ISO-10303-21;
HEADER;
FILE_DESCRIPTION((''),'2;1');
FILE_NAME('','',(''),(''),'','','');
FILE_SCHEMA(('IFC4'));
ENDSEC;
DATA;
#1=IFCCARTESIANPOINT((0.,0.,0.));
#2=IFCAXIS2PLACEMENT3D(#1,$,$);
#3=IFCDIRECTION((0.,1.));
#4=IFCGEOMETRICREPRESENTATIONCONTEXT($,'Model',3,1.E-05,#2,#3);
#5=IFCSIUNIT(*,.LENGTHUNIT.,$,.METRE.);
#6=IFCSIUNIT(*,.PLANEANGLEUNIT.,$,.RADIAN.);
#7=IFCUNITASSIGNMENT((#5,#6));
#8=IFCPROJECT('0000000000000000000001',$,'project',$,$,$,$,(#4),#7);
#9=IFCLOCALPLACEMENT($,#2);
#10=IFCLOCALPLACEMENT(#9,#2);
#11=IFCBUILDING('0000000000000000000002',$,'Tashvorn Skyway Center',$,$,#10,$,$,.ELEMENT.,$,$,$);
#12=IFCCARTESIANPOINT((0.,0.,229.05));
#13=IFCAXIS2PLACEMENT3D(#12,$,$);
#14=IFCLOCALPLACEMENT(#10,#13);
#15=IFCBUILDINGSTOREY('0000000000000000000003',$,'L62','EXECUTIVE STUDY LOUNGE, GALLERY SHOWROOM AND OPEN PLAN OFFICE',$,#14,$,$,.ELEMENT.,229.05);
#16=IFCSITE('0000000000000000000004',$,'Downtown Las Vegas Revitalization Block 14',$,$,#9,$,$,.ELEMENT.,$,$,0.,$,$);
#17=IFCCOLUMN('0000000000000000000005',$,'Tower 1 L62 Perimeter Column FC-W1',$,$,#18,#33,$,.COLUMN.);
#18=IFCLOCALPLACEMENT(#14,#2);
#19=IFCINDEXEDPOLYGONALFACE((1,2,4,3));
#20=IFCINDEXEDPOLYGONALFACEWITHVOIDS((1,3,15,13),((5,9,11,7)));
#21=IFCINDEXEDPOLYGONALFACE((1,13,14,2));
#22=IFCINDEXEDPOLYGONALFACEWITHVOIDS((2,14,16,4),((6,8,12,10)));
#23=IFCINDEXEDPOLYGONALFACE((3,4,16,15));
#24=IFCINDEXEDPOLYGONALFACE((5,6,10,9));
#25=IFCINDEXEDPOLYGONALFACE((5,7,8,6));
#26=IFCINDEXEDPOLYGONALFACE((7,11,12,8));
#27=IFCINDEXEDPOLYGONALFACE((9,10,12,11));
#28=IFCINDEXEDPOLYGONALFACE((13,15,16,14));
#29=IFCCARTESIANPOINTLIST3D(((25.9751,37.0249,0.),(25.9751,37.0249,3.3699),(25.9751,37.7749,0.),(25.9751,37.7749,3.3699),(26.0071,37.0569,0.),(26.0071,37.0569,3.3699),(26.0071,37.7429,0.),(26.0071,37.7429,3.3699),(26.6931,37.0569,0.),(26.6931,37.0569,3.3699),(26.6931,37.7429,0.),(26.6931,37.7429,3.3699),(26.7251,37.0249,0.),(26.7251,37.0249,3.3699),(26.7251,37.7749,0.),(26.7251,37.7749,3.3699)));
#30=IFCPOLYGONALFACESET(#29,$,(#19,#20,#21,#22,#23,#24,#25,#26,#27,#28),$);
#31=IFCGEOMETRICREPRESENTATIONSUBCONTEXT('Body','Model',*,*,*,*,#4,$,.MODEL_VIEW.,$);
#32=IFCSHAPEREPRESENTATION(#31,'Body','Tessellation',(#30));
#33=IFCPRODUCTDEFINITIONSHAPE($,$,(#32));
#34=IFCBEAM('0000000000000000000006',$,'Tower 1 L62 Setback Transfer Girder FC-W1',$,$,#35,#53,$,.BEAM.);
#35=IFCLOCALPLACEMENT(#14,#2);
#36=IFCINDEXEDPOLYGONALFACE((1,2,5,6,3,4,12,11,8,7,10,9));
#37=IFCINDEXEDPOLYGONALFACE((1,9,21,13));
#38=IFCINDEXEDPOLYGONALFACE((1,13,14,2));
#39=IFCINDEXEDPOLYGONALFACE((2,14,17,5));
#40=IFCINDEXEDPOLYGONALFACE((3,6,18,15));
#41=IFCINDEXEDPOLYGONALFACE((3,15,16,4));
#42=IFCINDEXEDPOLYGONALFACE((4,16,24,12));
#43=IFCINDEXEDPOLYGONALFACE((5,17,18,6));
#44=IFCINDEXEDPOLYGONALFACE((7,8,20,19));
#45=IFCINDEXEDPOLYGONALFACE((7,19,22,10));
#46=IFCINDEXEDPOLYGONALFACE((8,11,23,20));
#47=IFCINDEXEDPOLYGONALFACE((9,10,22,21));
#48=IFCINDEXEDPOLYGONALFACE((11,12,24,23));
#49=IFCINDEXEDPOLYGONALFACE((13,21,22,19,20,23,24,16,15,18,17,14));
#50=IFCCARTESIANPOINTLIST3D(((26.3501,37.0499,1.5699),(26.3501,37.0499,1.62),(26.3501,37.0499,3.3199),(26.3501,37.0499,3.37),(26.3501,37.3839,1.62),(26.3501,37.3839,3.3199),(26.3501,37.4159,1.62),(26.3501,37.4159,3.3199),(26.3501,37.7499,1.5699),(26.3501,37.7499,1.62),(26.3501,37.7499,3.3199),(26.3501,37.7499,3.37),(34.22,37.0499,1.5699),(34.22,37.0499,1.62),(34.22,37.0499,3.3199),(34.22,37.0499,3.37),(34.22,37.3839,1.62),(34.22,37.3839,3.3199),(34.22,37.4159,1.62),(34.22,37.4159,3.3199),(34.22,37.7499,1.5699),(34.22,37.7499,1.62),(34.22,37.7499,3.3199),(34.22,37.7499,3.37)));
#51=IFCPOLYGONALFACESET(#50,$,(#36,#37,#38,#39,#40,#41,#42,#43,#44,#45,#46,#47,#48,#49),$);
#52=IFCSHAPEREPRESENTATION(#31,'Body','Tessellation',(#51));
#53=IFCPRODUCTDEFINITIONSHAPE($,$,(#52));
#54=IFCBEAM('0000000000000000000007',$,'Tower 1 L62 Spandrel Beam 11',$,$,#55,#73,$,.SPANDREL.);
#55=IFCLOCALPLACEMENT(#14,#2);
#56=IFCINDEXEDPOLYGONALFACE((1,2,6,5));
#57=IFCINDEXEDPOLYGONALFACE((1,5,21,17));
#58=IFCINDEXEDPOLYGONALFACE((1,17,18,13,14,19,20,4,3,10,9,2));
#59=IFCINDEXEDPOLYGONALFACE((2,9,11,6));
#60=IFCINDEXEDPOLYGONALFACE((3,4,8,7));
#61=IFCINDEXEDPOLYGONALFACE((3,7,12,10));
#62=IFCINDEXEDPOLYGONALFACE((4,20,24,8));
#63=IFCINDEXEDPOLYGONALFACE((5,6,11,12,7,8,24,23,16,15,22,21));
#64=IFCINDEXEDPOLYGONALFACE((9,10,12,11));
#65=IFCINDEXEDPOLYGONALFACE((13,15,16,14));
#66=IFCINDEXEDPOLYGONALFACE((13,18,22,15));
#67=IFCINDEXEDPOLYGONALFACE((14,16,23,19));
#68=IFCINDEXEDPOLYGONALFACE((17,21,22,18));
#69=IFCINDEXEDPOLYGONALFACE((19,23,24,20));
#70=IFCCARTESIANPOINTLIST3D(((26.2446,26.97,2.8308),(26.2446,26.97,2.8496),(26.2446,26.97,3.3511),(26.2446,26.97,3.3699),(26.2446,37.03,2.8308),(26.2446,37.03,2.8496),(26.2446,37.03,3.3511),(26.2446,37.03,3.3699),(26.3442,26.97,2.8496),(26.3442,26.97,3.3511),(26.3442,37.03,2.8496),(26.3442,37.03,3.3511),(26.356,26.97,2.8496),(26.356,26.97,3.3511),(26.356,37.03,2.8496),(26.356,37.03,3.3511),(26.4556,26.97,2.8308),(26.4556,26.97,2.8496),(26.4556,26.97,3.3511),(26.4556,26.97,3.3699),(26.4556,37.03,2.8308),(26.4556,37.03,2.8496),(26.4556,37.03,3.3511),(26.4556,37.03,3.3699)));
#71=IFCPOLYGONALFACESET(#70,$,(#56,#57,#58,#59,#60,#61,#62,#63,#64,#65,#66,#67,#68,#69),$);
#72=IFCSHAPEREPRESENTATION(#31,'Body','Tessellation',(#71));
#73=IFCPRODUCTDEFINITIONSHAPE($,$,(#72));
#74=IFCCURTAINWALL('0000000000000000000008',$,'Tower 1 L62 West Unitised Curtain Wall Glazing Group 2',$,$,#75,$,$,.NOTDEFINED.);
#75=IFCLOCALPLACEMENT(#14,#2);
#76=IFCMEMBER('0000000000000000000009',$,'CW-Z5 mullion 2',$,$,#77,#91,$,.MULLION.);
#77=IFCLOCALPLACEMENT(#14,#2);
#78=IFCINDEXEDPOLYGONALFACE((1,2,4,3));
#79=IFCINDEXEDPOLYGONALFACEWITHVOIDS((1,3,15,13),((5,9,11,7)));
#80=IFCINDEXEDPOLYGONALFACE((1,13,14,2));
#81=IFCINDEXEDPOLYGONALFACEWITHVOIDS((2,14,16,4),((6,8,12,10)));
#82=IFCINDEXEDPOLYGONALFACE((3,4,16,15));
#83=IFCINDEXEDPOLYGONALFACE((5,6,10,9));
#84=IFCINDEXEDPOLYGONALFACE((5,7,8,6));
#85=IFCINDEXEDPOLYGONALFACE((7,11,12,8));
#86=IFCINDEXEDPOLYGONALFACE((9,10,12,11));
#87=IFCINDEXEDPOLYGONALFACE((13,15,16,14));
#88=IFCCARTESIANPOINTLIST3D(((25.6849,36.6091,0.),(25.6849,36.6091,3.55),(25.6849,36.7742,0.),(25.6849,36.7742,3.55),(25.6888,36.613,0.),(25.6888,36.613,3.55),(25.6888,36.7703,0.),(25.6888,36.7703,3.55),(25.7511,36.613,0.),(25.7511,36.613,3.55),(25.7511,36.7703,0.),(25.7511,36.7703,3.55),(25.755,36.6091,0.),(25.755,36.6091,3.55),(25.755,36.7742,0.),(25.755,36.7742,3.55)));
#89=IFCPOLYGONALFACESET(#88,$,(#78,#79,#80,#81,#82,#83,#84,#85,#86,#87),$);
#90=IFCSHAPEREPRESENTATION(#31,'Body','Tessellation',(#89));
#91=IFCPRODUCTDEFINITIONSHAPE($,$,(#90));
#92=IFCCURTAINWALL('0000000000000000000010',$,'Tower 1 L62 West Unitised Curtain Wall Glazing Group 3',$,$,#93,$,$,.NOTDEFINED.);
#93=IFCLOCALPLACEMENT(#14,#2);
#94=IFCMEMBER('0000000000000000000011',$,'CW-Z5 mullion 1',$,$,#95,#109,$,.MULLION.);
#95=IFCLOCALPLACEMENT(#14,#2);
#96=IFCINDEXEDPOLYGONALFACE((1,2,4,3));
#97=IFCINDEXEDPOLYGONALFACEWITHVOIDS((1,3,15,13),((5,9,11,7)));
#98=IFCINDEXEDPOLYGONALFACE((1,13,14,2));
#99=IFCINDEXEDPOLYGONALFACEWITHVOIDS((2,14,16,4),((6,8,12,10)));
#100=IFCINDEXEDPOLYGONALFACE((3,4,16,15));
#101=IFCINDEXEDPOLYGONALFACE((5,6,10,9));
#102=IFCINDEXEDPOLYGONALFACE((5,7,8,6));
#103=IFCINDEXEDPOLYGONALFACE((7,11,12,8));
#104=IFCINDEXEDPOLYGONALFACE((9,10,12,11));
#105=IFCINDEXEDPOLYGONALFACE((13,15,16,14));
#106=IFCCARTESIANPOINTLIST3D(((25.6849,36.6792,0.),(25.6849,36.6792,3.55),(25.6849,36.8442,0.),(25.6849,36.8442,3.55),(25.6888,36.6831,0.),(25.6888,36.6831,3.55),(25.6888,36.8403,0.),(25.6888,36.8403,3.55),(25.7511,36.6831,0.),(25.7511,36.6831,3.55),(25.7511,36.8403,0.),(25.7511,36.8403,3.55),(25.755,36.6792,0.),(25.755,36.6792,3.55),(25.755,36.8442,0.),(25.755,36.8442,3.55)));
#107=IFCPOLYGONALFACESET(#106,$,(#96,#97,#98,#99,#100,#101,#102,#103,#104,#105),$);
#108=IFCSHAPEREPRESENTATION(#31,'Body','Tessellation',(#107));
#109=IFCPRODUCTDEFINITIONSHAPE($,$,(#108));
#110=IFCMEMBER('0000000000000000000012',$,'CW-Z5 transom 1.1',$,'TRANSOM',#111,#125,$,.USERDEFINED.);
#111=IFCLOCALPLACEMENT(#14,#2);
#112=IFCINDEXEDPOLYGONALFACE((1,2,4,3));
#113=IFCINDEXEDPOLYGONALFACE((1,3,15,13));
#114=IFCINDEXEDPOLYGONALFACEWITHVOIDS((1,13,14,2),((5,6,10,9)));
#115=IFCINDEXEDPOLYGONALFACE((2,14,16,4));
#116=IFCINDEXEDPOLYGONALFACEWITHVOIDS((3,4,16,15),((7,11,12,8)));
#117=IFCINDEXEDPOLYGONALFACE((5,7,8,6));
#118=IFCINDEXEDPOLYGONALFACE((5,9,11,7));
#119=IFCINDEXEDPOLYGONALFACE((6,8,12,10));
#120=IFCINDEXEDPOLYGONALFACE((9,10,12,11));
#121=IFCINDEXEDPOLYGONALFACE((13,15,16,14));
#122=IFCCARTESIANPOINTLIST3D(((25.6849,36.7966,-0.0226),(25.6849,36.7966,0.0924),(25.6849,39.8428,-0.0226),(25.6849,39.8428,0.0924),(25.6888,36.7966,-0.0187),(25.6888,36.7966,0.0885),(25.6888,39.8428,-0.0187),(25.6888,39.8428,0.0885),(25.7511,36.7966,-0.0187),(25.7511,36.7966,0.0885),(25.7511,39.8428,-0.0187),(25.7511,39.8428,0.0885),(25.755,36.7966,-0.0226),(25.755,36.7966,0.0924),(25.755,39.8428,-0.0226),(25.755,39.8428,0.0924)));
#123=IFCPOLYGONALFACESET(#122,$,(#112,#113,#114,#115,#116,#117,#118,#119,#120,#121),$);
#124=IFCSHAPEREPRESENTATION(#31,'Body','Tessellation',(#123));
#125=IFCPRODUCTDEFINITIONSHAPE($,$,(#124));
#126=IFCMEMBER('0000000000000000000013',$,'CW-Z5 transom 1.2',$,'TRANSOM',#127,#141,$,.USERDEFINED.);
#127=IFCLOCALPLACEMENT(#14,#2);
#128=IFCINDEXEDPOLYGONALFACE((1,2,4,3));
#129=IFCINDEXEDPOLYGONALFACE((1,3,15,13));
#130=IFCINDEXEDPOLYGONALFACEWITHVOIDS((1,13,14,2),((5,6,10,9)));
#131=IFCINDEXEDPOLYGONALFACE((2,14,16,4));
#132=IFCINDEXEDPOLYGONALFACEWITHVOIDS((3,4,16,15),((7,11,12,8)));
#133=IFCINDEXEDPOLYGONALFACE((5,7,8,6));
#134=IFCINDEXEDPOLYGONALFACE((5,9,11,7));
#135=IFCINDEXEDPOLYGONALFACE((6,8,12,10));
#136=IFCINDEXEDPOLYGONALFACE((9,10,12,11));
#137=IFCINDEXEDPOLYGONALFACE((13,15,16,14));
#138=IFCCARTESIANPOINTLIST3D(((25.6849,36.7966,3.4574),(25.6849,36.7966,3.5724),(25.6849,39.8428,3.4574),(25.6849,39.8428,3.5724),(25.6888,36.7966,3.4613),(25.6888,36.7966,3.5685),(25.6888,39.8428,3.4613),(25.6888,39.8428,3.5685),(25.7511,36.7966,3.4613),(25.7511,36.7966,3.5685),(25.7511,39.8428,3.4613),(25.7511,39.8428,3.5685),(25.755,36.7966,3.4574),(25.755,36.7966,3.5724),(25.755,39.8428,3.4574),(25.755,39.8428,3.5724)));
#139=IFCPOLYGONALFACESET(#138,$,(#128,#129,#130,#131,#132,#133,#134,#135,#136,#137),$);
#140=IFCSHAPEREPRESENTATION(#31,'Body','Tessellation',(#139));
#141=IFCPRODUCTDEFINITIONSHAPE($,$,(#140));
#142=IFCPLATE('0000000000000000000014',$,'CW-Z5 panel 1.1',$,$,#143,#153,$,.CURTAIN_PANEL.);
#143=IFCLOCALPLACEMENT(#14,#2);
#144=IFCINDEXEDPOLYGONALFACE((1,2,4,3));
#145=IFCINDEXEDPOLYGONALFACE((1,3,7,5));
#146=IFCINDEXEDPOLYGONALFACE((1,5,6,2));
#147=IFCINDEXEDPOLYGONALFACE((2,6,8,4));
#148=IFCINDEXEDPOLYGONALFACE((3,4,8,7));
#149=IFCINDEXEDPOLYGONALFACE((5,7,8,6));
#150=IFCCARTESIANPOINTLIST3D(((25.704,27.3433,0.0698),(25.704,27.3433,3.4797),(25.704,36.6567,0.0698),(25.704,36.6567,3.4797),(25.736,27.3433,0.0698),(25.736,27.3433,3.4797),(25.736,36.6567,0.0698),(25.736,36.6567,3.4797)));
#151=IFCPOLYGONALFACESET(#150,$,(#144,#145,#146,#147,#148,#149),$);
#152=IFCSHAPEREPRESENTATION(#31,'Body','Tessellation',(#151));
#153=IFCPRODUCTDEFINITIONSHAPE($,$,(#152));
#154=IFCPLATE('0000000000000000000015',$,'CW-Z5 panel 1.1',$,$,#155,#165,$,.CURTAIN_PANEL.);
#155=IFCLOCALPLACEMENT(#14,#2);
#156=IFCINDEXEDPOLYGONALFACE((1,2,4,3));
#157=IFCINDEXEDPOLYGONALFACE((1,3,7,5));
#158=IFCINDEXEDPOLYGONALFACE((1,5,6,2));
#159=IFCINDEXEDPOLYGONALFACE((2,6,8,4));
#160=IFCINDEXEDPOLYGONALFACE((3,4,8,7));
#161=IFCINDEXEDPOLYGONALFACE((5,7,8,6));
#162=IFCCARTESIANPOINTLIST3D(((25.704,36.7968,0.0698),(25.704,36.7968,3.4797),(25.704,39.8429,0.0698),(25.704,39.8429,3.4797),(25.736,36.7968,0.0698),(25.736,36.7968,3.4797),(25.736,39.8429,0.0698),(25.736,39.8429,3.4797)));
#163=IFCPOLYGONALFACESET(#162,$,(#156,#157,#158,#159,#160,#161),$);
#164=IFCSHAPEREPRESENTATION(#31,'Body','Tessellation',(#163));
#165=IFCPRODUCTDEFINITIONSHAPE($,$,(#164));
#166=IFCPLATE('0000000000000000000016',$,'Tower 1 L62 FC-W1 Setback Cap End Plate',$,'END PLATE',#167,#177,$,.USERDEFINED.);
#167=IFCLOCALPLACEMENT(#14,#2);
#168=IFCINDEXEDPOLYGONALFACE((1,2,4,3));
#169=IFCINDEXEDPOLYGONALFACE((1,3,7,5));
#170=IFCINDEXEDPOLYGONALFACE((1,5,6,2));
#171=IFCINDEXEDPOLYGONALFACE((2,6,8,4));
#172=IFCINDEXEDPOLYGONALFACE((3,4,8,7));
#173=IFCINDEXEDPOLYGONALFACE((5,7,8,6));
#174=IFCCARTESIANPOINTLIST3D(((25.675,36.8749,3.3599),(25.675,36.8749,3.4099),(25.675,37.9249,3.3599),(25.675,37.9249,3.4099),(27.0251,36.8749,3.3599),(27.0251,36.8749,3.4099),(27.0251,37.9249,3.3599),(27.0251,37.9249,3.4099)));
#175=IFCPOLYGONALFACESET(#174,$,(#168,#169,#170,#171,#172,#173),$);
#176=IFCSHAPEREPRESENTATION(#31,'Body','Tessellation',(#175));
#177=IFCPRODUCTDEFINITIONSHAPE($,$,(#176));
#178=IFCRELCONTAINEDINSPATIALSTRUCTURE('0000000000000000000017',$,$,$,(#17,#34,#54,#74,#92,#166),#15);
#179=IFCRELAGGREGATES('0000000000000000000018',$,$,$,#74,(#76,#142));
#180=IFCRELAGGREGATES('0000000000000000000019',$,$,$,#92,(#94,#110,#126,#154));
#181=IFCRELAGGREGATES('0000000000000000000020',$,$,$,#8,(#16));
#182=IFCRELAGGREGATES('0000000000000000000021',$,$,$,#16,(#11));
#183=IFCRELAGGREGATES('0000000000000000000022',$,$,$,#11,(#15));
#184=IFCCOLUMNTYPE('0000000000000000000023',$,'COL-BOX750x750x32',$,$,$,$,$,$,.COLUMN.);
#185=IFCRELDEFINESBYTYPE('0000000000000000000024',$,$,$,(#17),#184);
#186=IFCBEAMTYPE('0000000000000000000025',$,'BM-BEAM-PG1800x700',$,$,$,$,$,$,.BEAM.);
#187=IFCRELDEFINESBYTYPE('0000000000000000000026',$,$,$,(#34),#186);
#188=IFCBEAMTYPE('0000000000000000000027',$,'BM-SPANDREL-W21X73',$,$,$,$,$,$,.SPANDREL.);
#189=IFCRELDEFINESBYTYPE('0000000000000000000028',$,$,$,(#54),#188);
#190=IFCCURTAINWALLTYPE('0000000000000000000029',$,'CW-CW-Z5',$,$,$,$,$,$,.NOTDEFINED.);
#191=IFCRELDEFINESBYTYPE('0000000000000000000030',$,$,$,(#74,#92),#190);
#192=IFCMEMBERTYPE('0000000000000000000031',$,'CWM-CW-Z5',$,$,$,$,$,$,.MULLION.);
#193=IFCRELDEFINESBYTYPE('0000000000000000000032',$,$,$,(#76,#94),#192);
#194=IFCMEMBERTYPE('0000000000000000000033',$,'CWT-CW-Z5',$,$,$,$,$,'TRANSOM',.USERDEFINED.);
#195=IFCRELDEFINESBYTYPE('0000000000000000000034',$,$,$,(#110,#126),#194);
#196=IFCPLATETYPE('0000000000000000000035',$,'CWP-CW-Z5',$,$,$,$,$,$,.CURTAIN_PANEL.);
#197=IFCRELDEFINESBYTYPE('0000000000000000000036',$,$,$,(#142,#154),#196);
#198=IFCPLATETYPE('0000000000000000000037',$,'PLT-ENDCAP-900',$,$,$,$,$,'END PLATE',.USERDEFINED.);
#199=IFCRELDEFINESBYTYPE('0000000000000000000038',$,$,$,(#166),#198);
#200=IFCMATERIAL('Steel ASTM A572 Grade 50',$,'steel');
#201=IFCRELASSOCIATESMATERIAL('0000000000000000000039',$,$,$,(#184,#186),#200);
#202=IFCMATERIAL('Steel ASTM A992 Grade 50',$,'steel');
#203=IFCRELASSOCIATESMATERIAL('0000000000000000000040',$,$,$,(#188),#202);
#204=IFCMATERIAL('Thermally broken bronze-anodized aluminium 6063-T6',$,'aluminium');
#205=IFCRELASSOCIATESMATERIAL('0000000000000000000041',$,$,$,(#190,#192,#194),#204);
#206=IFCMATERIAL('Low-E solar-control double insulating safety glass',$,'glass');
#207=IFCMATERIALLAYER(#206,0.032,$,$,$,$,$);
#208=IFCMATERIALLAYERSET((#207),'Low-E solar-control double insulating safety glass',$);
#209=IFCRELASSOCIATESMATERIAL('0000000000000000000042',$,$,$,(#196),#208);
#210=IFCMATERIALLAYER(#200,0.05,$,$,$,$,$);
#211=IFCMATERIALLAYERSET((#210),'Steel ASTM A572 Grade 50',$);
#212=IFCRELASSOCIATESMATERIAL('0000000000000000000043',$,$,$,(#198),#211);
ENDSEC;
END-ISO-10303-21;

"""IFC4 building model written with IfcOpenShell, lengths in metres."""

from ifc_helpers import new_model, si_unit, direction, frame, origin, origin_2d, place, context, subcontext, project, spatial, rectangle, hollow_rectangle, i_section, extrude, material, layer, layer_set, material_profile, profile_set, type_object, element, aggregate, save


model = new_model("IFC4")

# Units and contexts
model_context = context("Model", 3, precision=1e-05, world=origin(), true_north=direction((0.0, 1.0)))
body_context = subcontext(model_context, "Body", "Model", "MODEL_VIEW")
ifc_project = project(units=[si_unit("LENGTHUNIT", "METRE"), si_unit("PLANEANGLEUNIT", "RADIAN")], contexts=[model_context])

# Site, building, storey
site_placement = place(None, origin())
site = spatial("IfcSite", under=ifc_project, at=site_placement, Name="Downtown Las Vegas Revitalization Block 14", CompositionType="ELEMENT", RefElevation=0.0)
building_placement = place(site_placement, origin())
building = spatial("IfcBuilding", under=site, at=building_placement, Name="Tashvorn Skyway Center", CompositionType="ELEMENT")
storey_placement = place(building_placement, frame((0.0, 0.0, 229.05)))
storey = spatial("IfcBuildingStorey", under=building, at=storey_placement, Name="L62", Description="EXECUTIVE STUDY LOUNGE, GALLERY SHOWROOM AND OPEN PLAN OFFICE", CompositionType="ELEMENT", Elevation=229.05)

# Column
ifc_material_1 = material(Name="Steel ASTM A572 Grade 50", Category="steel")
ifc_material_profile_1 = material_profile(ifc_material_1, hollow_rectangle(XDim=0.75, YDim=0.75, WallThickness=0.032, at=origin_2d()), Name="BOX750x750x32")
ifc_profile_set_1 = profile_set([ifc_material_profile_1], Name="Steel ASTM A572 Grade 50")
column_type = type_object("IfcColumnType", Name="COL-BOX750x750x32", PredefinedType="COLUMN", material=ifc_profile_set_1)
column_placement = place(storey_placement, frame((26.3501, 37.3999, 0.0), z_axis=(0.0, 0.0, 1.0), x_axis=(1.0, 0.0, 0.0)))
element("IfcColumn", 1, at=column_placement, inside=storey, type_object=column_type, Name="Tower 1 L62 Perimeter Column FC-W1", PredefinedType="COLUMN", context=body_context, shape_type="SweptSolid", body=[
    extrude(hollow_rectangle(XDim=0.75, YDim=0.75, WallThickness=0.032, at=origin_2d()), origin(), (0.0, 0.0, 1.0), 3.3699),
])

# Beams
ifc_material_profile_2 = material_profile(ifc_material_1, i_section(OverallWidth=0.7, OverallDepth=1.8, WebThickness=0.032, FlangeThickness=0.05, at=origin_2d()), Name="PG1800x700")
ifc_profile_set_2 = profile_set([ifc_material_profile_2], Name="Steel ASTM A572 Grade 50")
beam_type_1 = type_object("IfcBeamType", Name="BM-BEAM-PG1800x700", PredefinedType="BEAM", material=ifc_profile_set_2)
beam_1_placement = place(storey_placement, frame((26.3501, 37.3999, 2.47), z_axis=(1.0, 0.0, 0.0), x_axis=(0.0, 1.0, 0.0)))
element("IfcBeam", 2, at=beam_1_placement, inside=storey, type_object=beam_type_1, Name="Tower 1 L62 Setback Transfer Girder FC-W1", PredefinedType="BEAM", context=body_context, shape_type="SweptSolid", body=[
    extrude(i_section(OverallWidth=0.7, OverallDepth=1.8, WebThickness=0.032, FlangeThickness=0.05, at=origin_2d()), origin(), (0.0, 0.0, 1.0), 7.8699),
])
ifc_material_2 = material(Name="Steel ASTM A992 Grade 50", Category="steel")
ifc_material_profile_3 = material_profile(ifc_material_2, i_section(OverallWidth=0.2109, OverallDepth=0.5391, WebThickness=0.0117, FlangeThickness=0.0188, at=origin_2d()), Name="W21X73")
ifc_profile_set_3 = profile_set([ifc_material_profile_3], Name="Steel ASTM A992 Grade 50")
beam_type_2 = type_object("IfcBeamType", Name="BM-SPANDREL-W21X73", PredefinedType="SPANDREL", material=ifc_profile_set_3)
beam_2_placement = place(storey_placement, frame((26.3501, 37.03, 3.1003), z_axis=(0.0, -1.0, 0.0), x_axis=(1.0, 0.0, 0.0)))
element("IfcBeam", 3, at=beam_2_placement, inside=storey, type_object=beam_type_2, Name="Tower 1 L62 Spandrel Beam 11", PredefinedType="SPANDREL", context=body_context, shape_type="SweptSolid", body=[
    extrude(i_section(OverallWidth=0.2109, OverallDepth=0.5391, WebThickness=0.0117, FlangeThickness=0.0188, at=origin_2d()), origin(), (0.0, 0.0, 1.0), 10.0601),
])

# Curtain wall, member
ifc_material_3 = material(Name="Thermally broken bronze-anodized aluminium 6063-T6", Category="aluminium")
curtain_wall_type = type_object("IfcCurtainWallType", Name="CW-CW-Z5", PredefinedType="NOTDEFINED", material=ifc_material_3)
curtain_wall_1_placement = place(storey_placement, origin())
curtain_wall_1 = element("IfcCurtainWall", 4, at=curtain_wall_1_placement, inside=storey, type_object=curtain_wall_type, Name="Tower 1 L62 West Unitised Curtain Wall Glazing Group 2", PredefinedType="NOTDEFINED")
ifc_material_profile_4 = material_profile(ifc_material_3, hollow_rectangle(XDim=0.0701, YDim=0.165, WallThickness=0.0039, at=origin_2d()), Name="ALU-MULL-70x165")
ifc_profile_set_4 = profile_set([ifc_material_profile_4], Name="Thermally broken bronze-anodized aluminium 6063-T6")
member_type_1 = type_object("IfcMemberType", Name="CWM-CW-Z5", PredefinedType="MULLION", material=ifc_profile_set_4)
member_1_placement = place(storey_placement, frame((25.72, 36.6917, 0.0), z_axis=(0.0, 0.0, 1.0), x_axis=(-1.0, 0.0, 0.0)))
member_1 = element("IfcMember", 5, at=member_1_placement, type_object=member_type_1, Name="CW-Z5 mullion 2", PredefinedType="MULLION", context=body_context, shape_type="SweptSolid", body=[
    extrude(hollow_rectangle(XDim=0.0701, YDim=0.165, WallThickness=0.0039, at=origin_2d()), origin(), (0.0, 0.0, 1.0), 3.55),
])

# Curtain wall, members
curtain_wall_2_placement = place(storey_placement, origin())
curtain_wall_2 = element("IfcCurtainWall", 6, at=curtain_wall_2_placement, inside=storey, type_object=curtain_wall_type, Name="Tower 1 L62 West Unitised Curtain Wall Glazing Group 3", PredefinedType="NOTDEFINED")
member_2_placement = place(storey_placement, frame((25.72, 36.7617, 0.0), z_axis=(0.0, 0.0, 1.0), x_axis=(-1.0, 0.0, 0.0)))
member_2 = element("IfcMember", 7, at=member_2_placement, type_object=member_type_1, Name="CW-Z5 mullion 1", PredefinedType="MULLION", context=body_context, shape_type="SweptSolid", body=[
    extrude(hollow_rectangle(XDim=0.0701, YDim=0.165, WallThickness=0.0039, at=origin_2d()), origin(), (0.0, 0.0, 1.0), 3.55),
])
ifc_material_profile_5 = material_profile(ifc_material_3, hollow_rectangle(XDim=0.0701, YDim=0.115, WallThickness=0.0039, at=origin_2d()), Name="ALU-TRAN-70x115")
ifc_profile_set_5 = profile_set([ifc_material_profile_5], Name="Thermally broken bronze-anodized aluminium 6063-T6")
member_type_2 = type_object("IfcMemberType", Name="CWT-CW-Z5", ElementType="TRANSOM", PredefinedType="USERDEFINED", material=ifc_profile_set_5)
member_3_placement = place(storey_placement, frame((25.72, 36.7966, 0.0349), z_axis=(0.0, 1.0, 0.0), x_axis=(-1.0, 0.0, 0.0)))
member_3 = element("IfcMember", 8, at=member_3_placement, type_object=member_type_2, Name="CW-Z5 transom 1.1", ObjectType="TRANSOM", PredefinedType="USERDEFINED", context=body_context, shape_type="SweptSolid", body=[
    extrude(hollow_rectangle(XDim=0.0701, YDim=0.115, WallThickness=0.0039, at=origin_2d()), origin(), (0.0, 0.0, 1.0), 3.0461),
])
member_4_placement = place(storey_placement, frame((25.72, 36.7966, 3.5149), z_axis=(0.0, 1.0, 0.0), x_axis=(-1.0, 0.0, 0.0)))
member_4 = element("IfcMember", 9, at=member_4_placement, type_object=member_type_2, Name="CW-Z5 transom 1.2", ObjectType="TRANSOM", PredefinedType="USERDEFINED", context=body_context, shape_type="SweptSolid", body=[
    extrude(hollow_rectangle(XDim=0.0701, YDim=0.115, WallThickness=0.0039, at=origin_2d()), origin(), (0.0, 0.0, 1.0), 3.0461),
])

# Plates
ifc_material_4 = material(Name="Low-E solar-control double insulating safety glass", Category="glass")
ifc_layer_1 = layer(ifc_material_4, 0.032)
ifc_layer_set_1 = layer_set([ifc_layer_1], Name="Low-E solar-control double insulating safety glass")
plate_type_1 = type_object("IfcPlateType", Name="CWP-CW-Z5", PredefinedType="CURTAIN_PANEL", material=ifc_layer_set_1)
plate_1_placement = place(storey_placement, frame((25.72, 32.0, 0.0698), z_axis=(0.0, 0.0, 1.0), x_axis=(0.0, 1.0, 0.0)))
plate_1 = element("IfcPlate", 10, at=plate_1_placement, type_object=plate_type_1, Name="CW-Z5 panel 1.1", PredefinedType="CURTAIN_PANEL", context=body_context, shape_type="SweptSolid", body=[
    extrude(rectangle(XDim=9.3135, YDim=0.032, at=origin_2d()), origin(), (0.0, 0.0, 1.0), 3.4099),
])
aggregate(curtain_wall_1, [member_1, plate_1])
plate_2_placement = place(storey_placement, frame((25.72, 38.3198, 0.0698), z_axis=(0.0, 0.0, 1.0), x_axis=(0.0, 1.0, 0.0)))
plate_2 = element("IfcPlate", 11, at=plate_2_placement, type_object=plate_type_1, Name="CW-Z5 panel 1.1", PredefinedType="CURTAIN_PANEL", context=body_context, shape_type="SweptSolid", body=[
    extrude(rectangle(XDim=3.0461, YDim=0.032, at=origin_2d()), origin(), (0.0, 0.0, 1.0), 3.4099),
])
aggregate(curtain_wall_2, [member_2, member_3, member_4, plate_2])

# Plate
ifc_layer_2 = layer(ifc_material_1, 0.05)
ifc_layer_set_2 = layer_set([ifc_layer_2], Name="Steel ASTM A572 Grade 50")
plate_type_2 = type_object("IfcPlateType", Name="PLT-ENDCAP-900", ElementType="END PLATE", PredefinedType="USERDEFINED", material=ifc_layer_set_2)
plate_3_placement = place(storey_placement, frame((26.3501, 37.3999, 3.3599), z_axis=(0.0, 0.0, 1.0), x_axis=(1.0, 0.0, 0.0)))
element("IfcPlate", 12, at=plate_3_placement, inside=storey, type_object=plate_type_2, Name="Tower 1 L62 FC-W1 Setback Cap End Plate", ObjectType="END PLATE", PredefinedType="USERDEFINED", context=body_context, shape_type="SweptSolid", body=[
    extrude(rectangle(XDim=1.3501, YDim=1.05, at=origin_2d()), origin(), (0.0, 0.0, 1.0), 0.05),
])

save(model, "model.ifc")
